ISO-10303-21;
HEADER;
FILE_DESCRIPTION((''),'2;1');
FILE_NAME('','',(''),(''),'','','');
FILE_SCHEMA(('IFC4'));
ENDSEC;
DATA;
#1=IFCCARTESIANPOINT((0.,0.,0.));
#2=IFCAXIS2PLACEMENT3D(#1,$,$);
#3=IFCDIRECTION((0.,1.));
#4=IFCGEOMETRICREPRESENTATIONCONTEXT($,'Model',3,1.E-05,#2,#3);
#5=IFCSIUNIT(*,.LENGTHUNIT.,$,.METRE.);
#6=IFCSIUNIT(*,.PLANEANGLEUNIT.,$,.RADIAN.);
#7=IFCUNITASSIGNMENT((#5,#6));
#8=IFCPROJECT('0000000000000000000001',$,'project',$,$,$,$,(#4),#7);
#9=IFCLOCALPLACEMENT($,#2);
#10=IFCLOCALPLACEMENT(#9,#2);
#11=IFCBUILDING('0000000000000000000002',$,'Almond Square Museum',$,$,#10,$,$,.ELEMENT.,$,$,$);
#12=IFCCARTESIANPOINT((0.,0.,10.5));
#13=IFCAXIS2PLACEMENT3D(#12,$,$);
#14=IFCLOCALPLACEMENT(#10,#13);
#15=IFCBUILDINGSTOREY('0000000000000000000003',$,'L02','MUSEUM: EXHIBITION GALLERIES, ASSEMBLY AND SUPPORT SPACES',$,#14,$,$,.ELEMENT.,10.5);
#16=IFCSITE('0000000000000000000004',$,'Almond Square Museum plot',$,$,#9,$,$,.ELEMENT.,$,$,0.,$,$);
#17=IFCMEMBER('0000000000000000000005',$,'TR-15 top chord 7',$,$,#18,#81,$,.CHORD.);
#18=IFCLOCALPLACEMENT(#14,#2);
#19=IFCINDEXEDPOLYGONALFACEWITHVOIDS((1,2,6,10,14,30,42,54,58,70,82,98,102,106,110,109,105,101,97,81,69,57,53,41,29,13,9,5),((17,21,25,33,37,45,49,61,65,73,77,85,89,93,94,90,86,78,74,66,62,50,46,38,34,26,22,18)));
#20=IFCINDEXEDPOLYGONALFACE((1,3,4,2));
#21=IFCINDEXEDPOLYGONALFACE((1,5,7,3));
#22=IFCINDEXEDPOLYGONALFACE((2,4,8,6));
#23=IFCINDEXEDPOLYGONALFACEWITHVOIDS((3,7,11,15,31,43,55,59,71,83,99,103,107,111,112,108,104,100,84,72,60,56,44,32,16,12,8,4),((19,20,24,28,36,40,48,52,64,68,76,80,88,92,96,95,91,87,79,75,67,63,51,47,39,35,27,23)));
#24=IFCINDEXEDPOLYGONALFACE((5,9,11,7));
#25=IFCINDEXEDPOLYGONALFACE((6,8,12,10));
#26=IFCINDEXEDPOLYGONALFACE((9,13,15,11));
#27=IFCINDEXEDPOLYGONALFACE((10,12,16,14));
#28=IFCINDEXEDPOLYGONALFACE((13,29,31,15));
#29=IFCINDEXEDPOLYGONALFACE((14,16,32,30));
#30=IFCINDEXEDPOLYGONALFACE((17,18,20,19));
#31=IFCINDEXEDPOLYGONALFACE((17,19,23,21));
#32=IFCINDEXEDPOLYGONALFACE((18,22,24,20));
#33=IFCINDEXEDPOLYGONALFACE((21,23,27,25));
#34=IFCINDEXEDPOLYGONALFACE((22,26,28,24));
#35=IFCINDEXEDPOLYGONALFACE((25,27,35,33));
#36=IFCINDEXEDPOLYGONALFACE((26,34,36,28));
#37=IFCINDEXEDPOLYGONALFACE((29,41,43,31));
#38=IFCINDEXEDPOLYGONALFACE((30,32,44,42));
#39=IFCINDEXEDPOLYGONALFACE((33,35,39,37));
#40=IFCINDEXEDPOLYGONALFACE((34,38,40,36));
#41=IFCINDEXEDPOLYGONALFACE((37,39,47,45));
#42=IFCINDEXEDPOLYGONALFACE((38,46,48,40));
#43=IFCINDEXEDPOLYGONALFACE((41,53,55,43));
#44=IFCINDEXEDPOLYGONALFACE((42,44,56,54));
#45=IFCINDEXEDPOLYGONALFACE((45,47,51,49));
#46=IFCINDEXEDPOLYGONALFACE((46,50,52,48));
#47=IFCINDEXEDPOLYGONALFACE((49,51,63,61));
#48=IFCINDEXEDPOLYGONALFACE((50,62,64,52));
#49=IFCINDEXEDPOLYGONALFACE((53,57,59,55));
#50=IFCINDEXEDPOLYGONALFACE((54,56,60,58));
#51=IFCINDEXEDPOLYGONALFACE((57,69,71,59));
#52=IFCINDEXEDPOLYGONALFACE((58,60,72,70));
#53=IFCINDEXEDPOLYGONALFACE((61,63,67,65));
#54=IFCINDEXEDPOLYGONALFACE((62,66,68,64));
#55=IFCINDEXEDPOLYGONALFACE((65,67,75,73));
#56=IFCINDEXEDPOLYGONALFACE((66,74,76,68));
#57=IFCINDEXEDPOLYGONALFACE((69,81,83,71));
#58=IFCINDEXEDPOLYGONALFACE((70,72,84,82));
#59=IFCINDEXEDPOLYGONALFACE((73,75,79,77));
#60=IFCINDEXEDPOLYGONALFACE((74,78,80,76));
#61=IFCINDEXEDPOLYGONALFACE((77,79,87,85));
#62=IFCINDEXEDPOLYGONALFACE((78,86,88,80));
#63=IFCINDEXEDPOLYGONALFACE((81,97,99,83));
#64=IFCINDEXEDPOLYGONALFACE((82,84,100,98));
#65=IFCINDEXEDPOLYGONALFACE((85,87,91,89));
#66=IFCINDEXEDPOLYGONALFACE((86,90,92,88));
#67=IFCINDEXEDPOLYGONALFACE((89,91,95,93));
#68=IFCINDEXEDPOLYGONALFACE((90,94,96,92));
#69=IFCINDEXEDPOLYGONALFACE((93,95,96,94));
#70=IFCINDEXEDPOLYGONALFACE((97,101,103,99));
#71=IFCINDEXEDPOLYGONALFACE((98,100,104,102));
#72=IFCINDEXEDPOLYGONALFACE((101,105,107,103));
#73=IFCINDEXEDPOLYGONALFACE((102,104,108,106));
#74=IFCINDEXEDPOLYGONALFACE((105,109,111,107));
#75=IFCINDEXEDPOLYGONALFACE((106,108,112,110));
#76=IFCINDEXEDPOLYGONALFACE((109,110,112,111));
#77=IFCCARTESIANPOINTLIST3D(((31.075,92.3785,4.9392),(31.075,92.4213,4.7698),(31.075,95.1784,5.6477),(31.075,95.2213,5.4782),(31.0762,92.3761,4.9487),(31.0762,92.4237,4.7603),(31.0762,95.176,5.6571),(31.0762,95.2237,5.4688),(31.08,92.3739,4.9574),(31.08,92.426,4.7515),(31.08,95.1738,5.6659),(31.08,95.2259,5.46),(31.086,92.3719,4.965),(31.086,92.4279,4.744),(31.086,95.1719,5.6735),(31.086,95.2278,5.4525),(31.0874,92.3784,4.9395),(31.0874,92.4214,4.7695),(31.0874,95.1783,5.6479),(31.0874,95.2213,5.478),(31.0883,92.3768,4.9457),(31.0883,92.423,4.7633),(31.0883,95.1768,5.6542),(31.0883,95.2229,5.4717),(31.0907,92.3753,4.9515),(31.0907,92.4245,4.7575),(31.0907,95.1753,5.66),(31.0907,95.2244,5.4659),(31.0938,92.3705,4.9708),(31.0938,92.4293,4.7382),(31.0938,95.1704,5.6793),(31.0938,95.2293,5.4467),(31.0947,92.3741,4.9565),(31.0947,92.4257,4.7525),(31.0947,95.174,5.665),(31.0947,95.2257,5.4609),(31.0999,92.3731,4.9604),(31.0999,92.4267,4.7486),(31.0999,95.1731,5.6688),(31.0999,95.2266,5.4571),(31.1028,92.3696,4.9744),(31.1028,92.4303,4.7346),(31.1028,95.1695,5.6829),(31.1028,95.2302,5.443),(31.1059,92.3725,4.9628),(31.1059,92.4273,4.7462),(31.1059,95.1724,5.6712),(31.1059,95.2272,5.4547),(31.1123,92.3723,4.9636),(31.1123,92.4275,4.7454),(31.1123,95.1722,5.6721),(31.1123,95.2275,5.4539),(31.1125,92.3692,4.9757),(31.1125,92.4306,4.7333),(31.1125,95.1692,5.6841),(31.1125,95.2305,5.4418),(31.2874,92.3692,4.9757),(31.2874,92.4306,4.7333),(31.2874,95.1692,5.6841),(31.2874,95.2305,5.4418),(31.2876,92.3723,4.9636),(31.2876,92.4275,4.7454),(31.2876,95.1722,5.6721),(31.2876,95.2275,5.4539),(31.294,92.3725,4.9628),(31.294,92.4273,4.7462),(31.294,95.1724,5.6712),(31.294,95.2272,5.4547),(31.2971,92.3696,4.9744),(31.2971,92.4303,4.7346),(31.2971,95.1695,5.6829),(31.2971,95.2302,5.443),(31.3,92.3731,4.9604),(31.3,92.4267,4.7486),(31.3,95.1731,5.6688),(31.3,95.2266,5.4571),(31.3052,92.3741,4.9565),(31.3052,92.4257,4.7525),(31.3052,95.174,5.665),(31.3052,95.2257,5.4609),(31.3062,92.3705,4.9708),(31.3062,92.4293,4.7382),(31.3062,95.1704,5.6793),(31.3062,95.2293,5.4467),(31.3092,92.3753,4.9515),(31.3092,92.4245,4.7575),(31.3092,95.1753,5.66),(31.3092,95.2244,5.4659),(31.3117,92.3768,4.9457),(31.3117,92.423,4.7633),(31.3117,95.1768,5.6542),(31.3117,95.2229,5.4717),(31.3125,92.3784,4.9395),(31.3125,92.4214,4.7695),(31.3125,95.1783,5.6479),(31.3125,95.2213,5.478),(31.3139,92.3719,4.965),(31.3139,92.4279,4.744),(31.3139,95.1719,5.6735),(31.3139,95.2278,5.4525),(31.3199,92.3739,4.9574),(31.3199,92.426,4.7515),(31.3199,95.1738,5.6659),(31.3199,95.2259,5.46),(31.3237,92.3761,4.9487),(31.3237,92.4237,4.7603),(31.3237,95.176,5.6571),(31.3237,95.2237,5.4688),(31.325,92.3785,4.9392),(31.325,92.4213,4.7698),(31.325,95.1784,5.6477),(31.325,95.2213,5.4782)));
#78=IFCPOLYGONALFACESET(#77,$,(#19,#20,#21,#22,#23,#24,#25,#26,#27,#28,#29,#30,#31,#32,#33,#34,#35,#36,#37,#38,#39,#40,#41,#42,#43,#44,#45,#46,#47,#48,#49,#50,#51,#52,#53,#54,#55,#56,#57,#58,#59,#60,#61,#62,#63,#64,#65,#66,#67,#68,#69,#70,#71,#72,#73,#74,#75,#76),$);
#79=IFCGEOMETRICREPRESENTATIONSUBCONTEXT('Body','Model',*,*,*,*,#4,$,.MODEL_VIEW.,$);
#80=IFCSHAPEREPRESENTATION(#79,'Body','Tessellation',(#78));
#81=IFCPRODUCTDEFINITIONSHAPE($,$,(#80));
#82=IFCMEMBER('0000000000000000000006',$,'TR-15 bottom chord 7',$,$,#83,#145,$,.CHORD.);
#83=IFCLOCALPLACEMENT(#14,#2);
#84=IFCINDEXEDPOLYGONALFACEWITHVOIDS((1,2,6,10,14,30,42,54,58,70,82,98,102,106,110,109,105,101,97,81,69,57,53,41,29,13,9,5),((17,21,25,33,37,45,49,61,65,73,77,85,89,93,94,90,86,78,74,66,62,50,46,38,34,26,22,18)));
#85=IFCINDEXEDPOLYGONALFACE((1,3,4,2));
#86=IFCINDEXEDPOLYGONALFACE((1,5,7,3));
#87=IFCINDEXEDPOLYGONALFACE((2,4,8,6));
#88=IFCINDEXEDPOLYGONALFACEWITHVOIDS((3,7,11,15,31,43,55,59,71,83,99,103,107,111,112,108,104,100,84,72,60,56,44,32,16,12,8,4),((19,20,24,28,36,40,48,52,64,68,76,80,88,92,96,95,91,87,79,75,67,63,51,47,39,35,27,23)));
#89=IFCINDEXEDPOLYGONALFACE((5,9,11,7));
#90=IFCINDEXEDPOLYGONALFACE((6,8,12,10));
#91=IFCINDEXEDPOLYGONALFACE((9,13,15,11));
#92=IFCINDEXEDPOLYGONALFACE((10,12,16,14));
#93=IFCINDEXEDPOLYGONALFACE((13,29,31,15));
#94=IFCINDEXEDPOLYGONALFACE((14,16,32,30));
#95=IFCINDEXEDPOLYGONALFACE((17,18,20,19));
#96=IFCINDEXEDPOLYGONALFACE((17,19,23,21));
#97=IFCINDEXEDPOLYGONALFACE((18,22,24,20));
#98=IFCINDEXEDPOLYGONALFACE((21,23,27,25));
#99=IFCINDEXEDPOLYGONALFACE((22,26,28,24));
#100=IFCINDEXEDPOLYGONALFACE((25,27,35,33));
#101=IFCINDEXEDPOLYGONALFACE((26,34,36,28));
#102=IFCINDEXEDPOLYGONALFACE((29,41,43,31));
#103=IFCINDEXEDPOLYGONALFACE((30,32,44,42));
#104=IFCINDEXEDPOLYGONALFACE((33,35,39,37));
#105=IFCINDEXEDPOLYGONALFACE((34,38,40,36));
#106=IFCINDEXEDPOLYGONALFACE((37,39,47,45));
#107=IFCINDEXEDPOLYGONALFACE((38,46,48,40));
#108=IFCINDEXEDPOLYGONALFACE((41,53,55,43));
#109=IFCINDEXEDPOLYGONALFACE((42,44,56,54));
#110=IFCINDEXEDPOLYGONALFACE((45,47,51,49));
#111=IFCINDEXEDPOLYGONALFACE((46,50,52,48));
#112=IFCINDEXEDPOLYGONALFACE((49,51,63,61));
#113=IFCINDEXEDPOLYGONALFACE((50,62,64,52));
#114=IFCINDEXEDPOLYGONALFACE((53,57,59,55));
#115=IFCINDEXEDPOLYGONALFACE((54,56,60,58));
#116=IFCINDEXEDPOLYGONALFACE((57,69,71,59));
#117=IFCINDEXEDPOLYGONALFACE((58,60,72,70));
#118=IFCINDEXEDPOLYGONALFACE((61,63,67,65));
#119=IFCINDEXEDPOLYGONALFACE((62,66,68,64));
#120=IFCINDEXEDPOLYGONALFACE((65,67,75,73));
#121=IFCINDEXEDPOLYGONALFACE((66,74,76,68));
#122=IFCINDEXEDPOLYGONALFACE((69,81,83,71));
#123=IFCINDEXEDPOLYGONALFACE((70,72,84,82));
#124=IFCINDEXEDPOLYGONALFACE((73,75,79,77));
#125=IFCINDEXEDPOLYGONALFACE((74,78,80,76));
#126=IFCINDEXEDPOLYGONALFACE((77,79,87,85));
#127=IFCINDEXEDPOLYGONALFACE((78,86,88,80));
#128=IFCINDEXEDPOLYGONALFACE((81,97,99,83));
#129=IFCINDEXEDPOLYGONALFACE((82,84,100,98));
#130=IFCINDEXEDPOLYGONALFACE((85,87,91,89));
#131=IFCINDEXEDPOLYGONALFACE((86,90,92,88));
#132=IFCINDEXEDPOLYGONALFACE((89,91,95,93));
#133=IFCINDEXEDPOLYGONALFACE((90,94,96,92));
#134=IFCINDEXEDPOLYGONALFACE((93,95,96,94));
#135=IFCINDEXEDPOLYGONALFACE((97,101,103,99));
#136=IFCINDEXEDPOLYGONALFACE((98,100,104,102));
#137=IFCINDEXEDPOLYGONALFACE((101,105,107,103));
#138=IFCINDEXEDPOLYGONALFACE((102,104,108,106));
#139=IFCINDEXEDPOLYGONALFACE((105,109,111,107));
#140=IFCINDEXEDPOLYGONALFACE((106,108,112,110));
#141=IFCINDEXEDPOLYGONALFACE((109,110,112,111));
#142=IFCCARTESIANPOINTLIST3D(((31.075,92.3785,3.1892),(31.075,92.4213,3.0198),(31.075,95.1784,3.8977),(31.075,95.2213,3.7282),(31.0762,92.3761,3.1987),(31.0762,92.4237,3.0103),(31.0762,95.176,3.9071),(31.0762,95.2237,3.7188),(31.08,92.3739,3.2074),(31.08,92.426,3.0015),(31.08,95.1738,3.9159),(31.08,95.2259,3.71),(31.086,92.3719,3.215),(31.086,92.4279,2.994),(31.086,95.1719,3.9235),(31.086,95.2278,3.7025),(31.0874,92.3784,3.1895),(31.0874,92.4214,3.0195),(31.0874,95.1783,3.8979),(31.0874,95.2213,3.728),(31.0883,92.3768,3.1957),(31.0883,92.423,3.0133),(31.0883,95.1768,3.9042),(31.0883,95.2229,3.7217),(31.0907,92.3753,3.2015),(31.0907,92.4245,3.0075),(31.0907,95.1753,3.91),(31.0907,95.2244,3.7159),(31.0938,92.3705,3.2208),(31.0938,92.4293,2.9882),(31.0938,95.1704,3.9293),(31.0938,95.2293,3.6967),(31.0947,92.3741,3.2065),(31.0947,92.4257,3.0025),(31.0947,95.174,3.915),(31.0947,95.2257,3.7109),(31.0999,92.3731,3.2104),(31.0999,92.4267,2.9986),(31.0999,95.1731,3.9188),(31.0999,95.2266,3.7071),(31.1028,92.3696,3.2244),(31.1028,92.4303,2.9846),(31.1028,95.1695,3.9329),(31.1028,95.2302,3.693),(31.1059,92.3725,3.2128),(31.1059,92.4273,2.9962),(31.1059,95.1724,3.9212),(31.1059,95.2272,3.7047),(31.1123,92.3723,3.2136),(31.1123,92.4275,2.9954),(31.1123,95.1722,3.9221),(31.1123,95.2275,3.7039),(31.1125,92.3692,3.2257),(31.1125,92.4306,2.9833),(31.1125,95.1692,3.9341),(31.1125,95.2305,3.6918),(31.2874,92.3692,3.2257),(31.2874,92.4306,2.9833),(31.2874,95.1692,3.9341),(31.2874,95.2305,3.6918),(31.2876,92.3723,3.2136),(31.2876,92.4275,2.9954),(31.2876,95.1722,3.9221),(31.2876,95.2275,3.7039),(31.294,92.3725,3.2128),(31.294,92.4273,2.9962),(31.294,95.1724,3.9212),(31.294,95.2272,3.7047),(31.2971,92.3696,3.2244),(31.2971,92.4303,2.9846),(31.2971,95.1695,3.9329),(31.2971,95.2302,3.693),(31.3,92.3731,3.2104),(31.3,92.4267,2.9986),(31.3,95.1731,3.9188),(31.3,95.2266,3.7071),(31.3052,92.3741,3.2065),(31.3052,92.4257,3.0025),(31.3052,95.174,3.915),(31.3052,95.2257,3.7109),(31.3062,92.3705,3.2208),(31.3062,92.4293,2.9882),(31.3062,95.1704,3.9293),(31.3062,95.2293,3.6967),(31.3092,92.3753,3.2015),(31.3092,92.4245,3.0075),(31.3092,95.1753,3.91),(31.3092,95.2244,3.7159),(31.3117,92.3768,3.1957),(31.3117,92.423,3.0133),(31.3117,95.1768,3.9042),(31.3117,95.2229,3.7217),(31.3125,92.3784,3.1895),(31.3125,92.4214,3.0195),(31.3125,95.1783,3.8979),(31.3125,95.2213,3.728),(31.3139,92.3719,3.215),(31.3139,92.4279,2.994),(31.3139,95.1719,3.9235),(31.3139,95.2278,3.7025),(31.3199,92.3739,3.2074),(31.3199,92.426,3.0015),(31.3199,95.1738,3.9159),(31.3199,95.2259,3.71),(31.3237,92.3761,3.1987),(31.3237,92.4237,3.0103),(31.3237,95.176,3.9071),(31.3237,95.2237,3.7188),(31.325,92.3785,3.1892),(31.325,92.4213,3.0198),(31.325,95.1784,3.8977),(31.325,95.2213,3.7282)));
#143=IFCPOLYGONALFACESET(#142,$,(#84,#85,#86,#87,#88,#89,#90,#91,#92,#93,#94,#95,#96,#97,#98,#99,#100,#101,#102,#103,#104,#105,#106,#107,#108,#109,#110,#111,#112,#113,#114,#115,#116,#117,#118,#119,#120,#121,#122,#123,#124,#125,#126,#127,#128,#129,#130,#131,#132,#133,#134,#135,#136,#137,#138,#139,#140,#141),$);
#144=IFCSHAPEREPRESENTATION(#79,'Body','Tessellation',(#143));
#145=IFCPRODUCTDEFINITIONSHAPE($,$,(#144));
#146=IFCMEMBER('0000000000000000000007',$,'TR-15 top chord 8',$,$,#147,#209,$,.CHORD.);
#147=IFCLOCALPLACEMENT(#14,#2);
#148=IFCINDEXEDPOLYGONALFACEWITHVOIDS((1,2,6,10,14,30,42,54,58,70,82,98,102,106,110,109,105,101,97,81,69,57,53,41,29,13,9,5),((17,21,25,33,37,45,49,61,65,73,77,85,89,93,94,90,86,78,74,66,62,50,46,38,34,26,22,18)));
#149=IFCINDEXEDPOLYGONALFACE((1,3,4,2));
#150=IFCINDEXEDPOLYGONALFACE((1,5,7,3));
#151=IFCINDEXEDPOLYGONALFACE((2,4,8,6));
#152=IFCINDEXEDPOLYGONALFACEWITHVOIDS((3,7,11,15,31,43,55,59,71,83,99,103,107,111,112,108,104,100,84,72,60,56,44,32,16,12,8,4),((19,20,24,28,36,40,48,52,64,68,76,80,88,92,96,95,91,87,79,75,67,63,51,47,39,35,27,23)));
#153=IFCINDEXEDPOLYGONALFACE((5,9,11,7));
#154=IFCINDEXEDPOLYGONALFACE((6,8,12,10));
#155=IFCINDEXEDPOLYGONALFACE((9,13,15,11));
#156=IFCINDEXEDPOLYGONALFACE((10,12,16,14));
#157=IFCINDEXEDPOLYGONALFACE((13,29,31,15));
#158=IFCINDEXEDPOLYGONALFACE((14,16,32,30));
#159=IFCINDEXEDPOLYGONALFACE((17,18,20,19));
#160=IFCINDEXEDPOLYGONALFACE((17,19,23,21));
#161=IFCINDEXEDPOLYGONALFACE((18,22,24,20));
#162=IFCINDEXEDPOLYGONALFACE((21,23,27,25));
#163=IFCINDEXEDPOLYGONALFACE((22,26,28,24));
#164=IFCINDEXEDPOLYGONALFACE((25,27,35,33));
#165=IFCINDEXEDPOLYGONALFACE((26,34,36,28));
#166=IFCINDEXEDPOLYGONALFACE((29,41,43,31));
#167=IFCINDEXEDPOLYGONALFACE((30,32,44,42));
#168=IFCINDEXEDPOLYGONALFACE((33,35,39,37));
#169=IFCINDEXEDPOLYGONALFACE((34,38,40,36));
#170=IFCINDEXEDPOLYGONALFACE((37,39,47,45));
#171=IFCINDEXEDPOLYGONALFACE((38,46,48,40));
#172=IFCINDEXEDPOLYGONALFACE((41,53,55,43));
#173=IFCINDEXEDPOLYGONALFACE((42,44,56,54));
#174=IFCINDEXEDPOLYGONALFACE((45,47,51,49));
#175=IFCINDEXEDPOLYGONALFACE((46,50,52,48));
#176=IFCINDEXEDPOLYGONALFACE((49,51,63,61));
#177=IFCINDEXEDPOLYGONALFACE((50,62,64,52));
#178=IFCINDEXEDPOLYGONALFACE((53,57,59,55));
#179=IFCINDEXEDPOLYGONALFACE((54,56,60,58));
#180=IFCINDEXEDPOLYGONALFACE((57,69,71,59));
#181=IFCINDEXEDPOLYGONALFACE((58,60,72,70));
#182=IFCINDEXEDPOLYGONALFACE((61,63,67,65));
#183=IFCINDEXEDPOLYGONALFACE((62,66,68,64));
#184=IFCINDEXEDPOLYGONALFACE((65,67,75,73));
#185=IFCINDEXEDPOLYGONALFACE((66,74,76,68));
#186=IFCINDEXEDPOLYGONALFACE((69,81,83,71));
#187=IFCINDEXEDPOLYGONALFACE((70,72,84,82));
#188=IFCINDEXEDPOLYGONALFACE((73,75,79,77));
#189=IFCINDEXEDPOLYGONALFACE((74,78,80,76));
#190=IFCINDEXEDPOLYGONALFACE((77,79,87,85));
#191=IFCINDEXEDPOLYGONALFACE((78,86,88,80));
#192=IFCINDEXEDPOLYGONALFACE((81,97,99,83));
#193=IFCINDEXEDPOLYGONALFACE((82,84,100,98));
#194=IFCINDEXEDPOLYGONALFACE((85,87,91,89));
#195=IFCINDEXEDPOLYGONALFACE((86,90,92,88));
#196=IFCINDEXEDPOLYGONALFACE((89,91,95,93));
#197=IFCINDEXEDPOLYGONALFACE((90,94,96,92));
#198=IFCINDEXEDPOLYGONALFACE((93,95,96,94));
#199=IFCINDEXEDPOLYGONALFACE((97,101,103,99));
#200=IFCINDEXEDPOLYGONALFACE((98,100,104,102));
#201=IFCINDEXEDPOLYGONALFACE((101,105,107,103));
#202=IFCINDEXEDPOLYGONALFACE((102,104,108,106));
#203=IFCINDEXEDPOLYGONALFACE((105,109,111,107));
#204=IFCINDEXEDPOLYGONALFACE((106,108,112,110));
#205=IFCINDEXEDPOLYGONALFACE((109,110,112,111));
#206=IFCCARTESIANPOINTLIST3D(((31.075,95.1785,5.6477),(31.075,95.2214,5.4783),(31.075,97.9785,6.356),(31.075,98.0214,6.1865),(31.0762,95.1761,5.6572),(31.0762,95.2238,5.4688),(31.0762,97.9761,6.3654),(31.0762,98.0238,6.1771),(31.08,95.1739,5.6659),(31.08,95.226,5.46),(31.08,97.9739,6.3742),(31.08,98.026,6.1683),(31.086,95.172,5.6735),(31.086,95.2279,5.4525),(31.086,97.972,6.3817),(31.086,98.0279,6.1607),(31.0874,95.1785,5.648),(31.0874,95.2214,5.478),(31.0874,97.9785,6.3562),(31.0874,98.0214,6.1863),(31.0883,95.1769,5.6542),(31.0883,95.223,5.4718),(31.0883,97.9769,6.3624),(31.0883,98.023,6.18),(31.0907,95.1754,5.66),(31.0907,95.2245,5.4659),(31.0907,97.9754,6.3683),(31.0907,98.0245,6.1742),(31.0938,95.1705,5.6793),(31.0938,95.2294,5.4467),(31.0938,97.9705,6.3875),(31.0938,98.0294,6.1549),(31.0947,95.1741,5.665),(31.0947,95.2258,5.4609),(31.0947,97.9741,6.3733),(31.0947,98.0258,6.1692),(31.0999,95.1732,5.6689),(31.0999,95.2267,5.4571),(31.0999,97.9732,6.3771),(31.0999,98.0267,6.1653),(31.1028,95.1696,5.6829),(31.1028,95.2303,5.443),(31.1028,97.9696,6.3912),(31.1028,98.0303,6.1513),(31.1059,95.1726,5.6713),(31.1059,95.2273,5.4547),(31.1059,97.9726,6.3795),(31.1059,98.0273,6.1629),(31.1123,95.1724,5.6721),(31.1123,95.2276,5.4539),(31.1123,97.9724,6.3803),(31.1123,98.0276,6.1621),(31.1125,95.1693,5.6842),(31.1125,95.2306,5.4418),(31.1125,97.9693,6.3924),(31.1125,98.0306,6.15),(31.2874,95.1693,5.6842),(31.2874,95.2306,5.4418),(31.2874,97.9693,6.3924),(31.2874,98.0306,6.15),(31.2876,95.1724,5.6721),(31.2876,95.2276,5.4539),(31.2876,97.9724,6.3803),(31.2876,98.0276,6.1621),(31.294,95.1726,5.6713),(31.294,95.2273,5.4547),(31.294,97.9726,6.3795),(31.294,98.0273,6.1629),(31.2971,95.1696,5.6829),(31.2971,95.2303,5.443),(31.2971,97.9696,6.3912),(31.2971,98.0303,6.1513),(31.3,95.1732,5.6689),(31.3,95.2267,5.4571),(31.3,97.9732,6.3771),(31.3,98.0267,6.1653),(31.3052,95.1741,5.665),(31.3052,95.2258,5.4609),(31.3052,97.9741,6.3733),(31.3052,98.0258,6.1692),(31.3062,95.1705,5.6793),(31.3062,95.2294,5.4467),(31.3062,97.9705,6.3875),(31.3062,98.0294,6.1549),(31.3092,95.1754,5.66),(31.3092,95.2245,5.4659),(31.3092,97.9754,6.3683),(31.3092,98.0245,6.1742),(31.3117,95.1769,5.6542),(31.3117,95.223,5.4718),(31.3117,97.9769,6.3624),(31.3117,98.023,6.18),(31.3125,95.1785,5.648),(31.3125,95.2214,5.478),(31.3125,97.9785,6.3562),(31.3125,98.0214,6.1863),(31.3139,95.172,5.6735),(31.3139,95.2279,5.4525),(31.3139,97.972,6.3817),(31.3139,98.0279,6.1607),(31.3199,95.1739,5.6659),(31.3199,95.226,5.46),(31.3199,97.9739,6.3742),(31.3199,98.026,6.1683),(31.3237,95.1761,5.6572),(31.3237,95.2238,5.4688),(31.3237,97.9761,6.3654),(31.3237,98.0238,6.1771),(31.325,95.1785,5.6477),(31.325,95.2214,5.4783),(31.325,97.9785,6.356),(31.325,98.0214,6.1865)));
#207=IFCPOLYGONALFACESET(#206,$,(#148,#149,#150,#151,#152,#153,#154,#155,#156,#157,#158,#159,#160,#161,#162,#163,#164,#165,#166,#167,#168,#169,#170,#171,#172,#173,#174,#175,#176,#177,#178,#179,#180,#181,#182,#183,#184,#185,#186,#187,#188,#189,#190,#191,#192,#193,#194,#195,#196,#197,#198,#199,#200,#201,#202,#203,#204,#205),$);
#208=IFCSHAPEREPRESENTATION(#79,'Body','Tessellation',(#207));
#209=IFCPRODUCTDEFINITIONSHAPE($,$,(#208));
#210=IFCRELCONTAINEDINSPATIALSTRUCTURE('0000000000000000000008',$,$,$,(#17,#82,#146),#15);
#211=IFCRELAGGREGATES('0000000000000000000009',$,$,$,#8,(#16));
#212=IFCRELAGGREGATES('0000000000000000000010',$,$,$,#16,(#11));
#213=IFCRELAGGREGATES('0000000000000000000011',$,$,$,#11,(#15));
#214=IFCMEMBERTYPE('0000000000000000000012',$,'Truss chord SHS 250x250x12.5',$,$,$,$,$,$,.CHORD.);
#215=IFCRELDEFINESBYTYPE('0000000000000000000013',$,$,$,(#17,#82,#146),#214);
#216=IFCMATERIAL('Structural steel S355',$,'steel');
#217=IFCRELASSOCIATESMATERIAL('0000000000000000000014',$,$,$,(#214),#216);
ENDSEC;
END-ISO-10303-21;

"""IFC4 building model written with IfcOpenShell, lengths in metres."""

from ifc_helpers import new_model, si_unit, direction, frame, origin, origin_2d, place, context, subcontext, project, spatial, hollow_rectangle, extrude, material, material_profile, profile_set, type_object, element, save


model = new_model("IFC4")

# Units and contexts
model_context = context("Model", 3, precision=1e-05, world=origin(), true_north=direction((0.0, 1.0)))
body_context = subcontext(model_context, "Body", "Model", "MODEL_VIEW")
ifc_project = project(units=[si_unit("LENGTHUNIT", "METRE"), si_unit("PLANEANGLEUNIT", "RADIAN")], contexts=[model_context])

# Site, building, storey
site_placement = place(None, origin())
site = spatial("IfcSite", under=ifc_project, at=site_placement, Name="Almond Square Museum plot", CompositionType="ELEMENT", RefElevation=0.0)
building_placement = place(site_placement, origin())
building = spatial("IfcBuilding", under=site, at=building_placement, Name="Almond Square Museum", CompositionType="ELEMENT")
storey_placement = place(building_placement, frame((0.0, 0.0, 10.5)))
storey = spatial("IfcBuildingStorey", under=building, at=storey_placement, Name="L02", Description="MUSEUM: EXHIBITION GALLERIES, ASSEMBLY AND SUPPORT SPACES", CompositionType="ELEMENT", Elevation=10.5)

# Members
ifc_material_1 = material(Name="Structural steel S355", Category="steel")
ifc_material_profile_1 = material_profile(ifc_material_1, hollow_rectangle(XDim=0.25, YDim=0.25, WallThickness=0.0125, InnerFilletRadius=0.0249, OuterFilletRadius=0.0376, at=origin_2d()))
ifc_profile_set_1 = profile_set([ifc_material_profile_1], Name="Structural steel S355")
member_type_1 = type_object("IfcMemberType", Name="Truss chord SHS 250x250x12.5", PredefinedType="CHORD", material=ifc_profile_set_1)
for number, where, z_axis, x_axis, name in (
    (1, (31.2, 92.3999, 4.8545), (0.0, 0.969447, 0.245299), (-1.0, 0.0, 0.0), "TR-15 top chord 7"),
    (2, (31.2, 92.3999, 3.1045), (0.0, 0.969447, 0.245299), (-1.0, 0.0, 0.0), "TR-15 bottom chord 7"),
    (3, (31.2, 95.2, 5.563), (0.0, 0.969468, 0.24522), (-1.0, 0.0, 0.0), "TR-15 top chord 8"),
):
    element("IfcMember", number, at=place(storey_placement, frame(where, z_axis=z_axis, x_axis=x_axis)), inside=storey, type_object=member_type_1, Name=name, PredefinedType="CHORD", context=body_context, shape_type="SweptSolid", body=[
        extrude(hollow_rectangle(XDim=0.25, YDim=0.25, WallThickness=0.0125, InnerFilletRadius=0.0249, OuterFilletRadius=0.0376, at=origin_2d()), origin(), (0.0, 0.0, 1.0), 2.8882),
    ])

save(model, "model.ifc")
